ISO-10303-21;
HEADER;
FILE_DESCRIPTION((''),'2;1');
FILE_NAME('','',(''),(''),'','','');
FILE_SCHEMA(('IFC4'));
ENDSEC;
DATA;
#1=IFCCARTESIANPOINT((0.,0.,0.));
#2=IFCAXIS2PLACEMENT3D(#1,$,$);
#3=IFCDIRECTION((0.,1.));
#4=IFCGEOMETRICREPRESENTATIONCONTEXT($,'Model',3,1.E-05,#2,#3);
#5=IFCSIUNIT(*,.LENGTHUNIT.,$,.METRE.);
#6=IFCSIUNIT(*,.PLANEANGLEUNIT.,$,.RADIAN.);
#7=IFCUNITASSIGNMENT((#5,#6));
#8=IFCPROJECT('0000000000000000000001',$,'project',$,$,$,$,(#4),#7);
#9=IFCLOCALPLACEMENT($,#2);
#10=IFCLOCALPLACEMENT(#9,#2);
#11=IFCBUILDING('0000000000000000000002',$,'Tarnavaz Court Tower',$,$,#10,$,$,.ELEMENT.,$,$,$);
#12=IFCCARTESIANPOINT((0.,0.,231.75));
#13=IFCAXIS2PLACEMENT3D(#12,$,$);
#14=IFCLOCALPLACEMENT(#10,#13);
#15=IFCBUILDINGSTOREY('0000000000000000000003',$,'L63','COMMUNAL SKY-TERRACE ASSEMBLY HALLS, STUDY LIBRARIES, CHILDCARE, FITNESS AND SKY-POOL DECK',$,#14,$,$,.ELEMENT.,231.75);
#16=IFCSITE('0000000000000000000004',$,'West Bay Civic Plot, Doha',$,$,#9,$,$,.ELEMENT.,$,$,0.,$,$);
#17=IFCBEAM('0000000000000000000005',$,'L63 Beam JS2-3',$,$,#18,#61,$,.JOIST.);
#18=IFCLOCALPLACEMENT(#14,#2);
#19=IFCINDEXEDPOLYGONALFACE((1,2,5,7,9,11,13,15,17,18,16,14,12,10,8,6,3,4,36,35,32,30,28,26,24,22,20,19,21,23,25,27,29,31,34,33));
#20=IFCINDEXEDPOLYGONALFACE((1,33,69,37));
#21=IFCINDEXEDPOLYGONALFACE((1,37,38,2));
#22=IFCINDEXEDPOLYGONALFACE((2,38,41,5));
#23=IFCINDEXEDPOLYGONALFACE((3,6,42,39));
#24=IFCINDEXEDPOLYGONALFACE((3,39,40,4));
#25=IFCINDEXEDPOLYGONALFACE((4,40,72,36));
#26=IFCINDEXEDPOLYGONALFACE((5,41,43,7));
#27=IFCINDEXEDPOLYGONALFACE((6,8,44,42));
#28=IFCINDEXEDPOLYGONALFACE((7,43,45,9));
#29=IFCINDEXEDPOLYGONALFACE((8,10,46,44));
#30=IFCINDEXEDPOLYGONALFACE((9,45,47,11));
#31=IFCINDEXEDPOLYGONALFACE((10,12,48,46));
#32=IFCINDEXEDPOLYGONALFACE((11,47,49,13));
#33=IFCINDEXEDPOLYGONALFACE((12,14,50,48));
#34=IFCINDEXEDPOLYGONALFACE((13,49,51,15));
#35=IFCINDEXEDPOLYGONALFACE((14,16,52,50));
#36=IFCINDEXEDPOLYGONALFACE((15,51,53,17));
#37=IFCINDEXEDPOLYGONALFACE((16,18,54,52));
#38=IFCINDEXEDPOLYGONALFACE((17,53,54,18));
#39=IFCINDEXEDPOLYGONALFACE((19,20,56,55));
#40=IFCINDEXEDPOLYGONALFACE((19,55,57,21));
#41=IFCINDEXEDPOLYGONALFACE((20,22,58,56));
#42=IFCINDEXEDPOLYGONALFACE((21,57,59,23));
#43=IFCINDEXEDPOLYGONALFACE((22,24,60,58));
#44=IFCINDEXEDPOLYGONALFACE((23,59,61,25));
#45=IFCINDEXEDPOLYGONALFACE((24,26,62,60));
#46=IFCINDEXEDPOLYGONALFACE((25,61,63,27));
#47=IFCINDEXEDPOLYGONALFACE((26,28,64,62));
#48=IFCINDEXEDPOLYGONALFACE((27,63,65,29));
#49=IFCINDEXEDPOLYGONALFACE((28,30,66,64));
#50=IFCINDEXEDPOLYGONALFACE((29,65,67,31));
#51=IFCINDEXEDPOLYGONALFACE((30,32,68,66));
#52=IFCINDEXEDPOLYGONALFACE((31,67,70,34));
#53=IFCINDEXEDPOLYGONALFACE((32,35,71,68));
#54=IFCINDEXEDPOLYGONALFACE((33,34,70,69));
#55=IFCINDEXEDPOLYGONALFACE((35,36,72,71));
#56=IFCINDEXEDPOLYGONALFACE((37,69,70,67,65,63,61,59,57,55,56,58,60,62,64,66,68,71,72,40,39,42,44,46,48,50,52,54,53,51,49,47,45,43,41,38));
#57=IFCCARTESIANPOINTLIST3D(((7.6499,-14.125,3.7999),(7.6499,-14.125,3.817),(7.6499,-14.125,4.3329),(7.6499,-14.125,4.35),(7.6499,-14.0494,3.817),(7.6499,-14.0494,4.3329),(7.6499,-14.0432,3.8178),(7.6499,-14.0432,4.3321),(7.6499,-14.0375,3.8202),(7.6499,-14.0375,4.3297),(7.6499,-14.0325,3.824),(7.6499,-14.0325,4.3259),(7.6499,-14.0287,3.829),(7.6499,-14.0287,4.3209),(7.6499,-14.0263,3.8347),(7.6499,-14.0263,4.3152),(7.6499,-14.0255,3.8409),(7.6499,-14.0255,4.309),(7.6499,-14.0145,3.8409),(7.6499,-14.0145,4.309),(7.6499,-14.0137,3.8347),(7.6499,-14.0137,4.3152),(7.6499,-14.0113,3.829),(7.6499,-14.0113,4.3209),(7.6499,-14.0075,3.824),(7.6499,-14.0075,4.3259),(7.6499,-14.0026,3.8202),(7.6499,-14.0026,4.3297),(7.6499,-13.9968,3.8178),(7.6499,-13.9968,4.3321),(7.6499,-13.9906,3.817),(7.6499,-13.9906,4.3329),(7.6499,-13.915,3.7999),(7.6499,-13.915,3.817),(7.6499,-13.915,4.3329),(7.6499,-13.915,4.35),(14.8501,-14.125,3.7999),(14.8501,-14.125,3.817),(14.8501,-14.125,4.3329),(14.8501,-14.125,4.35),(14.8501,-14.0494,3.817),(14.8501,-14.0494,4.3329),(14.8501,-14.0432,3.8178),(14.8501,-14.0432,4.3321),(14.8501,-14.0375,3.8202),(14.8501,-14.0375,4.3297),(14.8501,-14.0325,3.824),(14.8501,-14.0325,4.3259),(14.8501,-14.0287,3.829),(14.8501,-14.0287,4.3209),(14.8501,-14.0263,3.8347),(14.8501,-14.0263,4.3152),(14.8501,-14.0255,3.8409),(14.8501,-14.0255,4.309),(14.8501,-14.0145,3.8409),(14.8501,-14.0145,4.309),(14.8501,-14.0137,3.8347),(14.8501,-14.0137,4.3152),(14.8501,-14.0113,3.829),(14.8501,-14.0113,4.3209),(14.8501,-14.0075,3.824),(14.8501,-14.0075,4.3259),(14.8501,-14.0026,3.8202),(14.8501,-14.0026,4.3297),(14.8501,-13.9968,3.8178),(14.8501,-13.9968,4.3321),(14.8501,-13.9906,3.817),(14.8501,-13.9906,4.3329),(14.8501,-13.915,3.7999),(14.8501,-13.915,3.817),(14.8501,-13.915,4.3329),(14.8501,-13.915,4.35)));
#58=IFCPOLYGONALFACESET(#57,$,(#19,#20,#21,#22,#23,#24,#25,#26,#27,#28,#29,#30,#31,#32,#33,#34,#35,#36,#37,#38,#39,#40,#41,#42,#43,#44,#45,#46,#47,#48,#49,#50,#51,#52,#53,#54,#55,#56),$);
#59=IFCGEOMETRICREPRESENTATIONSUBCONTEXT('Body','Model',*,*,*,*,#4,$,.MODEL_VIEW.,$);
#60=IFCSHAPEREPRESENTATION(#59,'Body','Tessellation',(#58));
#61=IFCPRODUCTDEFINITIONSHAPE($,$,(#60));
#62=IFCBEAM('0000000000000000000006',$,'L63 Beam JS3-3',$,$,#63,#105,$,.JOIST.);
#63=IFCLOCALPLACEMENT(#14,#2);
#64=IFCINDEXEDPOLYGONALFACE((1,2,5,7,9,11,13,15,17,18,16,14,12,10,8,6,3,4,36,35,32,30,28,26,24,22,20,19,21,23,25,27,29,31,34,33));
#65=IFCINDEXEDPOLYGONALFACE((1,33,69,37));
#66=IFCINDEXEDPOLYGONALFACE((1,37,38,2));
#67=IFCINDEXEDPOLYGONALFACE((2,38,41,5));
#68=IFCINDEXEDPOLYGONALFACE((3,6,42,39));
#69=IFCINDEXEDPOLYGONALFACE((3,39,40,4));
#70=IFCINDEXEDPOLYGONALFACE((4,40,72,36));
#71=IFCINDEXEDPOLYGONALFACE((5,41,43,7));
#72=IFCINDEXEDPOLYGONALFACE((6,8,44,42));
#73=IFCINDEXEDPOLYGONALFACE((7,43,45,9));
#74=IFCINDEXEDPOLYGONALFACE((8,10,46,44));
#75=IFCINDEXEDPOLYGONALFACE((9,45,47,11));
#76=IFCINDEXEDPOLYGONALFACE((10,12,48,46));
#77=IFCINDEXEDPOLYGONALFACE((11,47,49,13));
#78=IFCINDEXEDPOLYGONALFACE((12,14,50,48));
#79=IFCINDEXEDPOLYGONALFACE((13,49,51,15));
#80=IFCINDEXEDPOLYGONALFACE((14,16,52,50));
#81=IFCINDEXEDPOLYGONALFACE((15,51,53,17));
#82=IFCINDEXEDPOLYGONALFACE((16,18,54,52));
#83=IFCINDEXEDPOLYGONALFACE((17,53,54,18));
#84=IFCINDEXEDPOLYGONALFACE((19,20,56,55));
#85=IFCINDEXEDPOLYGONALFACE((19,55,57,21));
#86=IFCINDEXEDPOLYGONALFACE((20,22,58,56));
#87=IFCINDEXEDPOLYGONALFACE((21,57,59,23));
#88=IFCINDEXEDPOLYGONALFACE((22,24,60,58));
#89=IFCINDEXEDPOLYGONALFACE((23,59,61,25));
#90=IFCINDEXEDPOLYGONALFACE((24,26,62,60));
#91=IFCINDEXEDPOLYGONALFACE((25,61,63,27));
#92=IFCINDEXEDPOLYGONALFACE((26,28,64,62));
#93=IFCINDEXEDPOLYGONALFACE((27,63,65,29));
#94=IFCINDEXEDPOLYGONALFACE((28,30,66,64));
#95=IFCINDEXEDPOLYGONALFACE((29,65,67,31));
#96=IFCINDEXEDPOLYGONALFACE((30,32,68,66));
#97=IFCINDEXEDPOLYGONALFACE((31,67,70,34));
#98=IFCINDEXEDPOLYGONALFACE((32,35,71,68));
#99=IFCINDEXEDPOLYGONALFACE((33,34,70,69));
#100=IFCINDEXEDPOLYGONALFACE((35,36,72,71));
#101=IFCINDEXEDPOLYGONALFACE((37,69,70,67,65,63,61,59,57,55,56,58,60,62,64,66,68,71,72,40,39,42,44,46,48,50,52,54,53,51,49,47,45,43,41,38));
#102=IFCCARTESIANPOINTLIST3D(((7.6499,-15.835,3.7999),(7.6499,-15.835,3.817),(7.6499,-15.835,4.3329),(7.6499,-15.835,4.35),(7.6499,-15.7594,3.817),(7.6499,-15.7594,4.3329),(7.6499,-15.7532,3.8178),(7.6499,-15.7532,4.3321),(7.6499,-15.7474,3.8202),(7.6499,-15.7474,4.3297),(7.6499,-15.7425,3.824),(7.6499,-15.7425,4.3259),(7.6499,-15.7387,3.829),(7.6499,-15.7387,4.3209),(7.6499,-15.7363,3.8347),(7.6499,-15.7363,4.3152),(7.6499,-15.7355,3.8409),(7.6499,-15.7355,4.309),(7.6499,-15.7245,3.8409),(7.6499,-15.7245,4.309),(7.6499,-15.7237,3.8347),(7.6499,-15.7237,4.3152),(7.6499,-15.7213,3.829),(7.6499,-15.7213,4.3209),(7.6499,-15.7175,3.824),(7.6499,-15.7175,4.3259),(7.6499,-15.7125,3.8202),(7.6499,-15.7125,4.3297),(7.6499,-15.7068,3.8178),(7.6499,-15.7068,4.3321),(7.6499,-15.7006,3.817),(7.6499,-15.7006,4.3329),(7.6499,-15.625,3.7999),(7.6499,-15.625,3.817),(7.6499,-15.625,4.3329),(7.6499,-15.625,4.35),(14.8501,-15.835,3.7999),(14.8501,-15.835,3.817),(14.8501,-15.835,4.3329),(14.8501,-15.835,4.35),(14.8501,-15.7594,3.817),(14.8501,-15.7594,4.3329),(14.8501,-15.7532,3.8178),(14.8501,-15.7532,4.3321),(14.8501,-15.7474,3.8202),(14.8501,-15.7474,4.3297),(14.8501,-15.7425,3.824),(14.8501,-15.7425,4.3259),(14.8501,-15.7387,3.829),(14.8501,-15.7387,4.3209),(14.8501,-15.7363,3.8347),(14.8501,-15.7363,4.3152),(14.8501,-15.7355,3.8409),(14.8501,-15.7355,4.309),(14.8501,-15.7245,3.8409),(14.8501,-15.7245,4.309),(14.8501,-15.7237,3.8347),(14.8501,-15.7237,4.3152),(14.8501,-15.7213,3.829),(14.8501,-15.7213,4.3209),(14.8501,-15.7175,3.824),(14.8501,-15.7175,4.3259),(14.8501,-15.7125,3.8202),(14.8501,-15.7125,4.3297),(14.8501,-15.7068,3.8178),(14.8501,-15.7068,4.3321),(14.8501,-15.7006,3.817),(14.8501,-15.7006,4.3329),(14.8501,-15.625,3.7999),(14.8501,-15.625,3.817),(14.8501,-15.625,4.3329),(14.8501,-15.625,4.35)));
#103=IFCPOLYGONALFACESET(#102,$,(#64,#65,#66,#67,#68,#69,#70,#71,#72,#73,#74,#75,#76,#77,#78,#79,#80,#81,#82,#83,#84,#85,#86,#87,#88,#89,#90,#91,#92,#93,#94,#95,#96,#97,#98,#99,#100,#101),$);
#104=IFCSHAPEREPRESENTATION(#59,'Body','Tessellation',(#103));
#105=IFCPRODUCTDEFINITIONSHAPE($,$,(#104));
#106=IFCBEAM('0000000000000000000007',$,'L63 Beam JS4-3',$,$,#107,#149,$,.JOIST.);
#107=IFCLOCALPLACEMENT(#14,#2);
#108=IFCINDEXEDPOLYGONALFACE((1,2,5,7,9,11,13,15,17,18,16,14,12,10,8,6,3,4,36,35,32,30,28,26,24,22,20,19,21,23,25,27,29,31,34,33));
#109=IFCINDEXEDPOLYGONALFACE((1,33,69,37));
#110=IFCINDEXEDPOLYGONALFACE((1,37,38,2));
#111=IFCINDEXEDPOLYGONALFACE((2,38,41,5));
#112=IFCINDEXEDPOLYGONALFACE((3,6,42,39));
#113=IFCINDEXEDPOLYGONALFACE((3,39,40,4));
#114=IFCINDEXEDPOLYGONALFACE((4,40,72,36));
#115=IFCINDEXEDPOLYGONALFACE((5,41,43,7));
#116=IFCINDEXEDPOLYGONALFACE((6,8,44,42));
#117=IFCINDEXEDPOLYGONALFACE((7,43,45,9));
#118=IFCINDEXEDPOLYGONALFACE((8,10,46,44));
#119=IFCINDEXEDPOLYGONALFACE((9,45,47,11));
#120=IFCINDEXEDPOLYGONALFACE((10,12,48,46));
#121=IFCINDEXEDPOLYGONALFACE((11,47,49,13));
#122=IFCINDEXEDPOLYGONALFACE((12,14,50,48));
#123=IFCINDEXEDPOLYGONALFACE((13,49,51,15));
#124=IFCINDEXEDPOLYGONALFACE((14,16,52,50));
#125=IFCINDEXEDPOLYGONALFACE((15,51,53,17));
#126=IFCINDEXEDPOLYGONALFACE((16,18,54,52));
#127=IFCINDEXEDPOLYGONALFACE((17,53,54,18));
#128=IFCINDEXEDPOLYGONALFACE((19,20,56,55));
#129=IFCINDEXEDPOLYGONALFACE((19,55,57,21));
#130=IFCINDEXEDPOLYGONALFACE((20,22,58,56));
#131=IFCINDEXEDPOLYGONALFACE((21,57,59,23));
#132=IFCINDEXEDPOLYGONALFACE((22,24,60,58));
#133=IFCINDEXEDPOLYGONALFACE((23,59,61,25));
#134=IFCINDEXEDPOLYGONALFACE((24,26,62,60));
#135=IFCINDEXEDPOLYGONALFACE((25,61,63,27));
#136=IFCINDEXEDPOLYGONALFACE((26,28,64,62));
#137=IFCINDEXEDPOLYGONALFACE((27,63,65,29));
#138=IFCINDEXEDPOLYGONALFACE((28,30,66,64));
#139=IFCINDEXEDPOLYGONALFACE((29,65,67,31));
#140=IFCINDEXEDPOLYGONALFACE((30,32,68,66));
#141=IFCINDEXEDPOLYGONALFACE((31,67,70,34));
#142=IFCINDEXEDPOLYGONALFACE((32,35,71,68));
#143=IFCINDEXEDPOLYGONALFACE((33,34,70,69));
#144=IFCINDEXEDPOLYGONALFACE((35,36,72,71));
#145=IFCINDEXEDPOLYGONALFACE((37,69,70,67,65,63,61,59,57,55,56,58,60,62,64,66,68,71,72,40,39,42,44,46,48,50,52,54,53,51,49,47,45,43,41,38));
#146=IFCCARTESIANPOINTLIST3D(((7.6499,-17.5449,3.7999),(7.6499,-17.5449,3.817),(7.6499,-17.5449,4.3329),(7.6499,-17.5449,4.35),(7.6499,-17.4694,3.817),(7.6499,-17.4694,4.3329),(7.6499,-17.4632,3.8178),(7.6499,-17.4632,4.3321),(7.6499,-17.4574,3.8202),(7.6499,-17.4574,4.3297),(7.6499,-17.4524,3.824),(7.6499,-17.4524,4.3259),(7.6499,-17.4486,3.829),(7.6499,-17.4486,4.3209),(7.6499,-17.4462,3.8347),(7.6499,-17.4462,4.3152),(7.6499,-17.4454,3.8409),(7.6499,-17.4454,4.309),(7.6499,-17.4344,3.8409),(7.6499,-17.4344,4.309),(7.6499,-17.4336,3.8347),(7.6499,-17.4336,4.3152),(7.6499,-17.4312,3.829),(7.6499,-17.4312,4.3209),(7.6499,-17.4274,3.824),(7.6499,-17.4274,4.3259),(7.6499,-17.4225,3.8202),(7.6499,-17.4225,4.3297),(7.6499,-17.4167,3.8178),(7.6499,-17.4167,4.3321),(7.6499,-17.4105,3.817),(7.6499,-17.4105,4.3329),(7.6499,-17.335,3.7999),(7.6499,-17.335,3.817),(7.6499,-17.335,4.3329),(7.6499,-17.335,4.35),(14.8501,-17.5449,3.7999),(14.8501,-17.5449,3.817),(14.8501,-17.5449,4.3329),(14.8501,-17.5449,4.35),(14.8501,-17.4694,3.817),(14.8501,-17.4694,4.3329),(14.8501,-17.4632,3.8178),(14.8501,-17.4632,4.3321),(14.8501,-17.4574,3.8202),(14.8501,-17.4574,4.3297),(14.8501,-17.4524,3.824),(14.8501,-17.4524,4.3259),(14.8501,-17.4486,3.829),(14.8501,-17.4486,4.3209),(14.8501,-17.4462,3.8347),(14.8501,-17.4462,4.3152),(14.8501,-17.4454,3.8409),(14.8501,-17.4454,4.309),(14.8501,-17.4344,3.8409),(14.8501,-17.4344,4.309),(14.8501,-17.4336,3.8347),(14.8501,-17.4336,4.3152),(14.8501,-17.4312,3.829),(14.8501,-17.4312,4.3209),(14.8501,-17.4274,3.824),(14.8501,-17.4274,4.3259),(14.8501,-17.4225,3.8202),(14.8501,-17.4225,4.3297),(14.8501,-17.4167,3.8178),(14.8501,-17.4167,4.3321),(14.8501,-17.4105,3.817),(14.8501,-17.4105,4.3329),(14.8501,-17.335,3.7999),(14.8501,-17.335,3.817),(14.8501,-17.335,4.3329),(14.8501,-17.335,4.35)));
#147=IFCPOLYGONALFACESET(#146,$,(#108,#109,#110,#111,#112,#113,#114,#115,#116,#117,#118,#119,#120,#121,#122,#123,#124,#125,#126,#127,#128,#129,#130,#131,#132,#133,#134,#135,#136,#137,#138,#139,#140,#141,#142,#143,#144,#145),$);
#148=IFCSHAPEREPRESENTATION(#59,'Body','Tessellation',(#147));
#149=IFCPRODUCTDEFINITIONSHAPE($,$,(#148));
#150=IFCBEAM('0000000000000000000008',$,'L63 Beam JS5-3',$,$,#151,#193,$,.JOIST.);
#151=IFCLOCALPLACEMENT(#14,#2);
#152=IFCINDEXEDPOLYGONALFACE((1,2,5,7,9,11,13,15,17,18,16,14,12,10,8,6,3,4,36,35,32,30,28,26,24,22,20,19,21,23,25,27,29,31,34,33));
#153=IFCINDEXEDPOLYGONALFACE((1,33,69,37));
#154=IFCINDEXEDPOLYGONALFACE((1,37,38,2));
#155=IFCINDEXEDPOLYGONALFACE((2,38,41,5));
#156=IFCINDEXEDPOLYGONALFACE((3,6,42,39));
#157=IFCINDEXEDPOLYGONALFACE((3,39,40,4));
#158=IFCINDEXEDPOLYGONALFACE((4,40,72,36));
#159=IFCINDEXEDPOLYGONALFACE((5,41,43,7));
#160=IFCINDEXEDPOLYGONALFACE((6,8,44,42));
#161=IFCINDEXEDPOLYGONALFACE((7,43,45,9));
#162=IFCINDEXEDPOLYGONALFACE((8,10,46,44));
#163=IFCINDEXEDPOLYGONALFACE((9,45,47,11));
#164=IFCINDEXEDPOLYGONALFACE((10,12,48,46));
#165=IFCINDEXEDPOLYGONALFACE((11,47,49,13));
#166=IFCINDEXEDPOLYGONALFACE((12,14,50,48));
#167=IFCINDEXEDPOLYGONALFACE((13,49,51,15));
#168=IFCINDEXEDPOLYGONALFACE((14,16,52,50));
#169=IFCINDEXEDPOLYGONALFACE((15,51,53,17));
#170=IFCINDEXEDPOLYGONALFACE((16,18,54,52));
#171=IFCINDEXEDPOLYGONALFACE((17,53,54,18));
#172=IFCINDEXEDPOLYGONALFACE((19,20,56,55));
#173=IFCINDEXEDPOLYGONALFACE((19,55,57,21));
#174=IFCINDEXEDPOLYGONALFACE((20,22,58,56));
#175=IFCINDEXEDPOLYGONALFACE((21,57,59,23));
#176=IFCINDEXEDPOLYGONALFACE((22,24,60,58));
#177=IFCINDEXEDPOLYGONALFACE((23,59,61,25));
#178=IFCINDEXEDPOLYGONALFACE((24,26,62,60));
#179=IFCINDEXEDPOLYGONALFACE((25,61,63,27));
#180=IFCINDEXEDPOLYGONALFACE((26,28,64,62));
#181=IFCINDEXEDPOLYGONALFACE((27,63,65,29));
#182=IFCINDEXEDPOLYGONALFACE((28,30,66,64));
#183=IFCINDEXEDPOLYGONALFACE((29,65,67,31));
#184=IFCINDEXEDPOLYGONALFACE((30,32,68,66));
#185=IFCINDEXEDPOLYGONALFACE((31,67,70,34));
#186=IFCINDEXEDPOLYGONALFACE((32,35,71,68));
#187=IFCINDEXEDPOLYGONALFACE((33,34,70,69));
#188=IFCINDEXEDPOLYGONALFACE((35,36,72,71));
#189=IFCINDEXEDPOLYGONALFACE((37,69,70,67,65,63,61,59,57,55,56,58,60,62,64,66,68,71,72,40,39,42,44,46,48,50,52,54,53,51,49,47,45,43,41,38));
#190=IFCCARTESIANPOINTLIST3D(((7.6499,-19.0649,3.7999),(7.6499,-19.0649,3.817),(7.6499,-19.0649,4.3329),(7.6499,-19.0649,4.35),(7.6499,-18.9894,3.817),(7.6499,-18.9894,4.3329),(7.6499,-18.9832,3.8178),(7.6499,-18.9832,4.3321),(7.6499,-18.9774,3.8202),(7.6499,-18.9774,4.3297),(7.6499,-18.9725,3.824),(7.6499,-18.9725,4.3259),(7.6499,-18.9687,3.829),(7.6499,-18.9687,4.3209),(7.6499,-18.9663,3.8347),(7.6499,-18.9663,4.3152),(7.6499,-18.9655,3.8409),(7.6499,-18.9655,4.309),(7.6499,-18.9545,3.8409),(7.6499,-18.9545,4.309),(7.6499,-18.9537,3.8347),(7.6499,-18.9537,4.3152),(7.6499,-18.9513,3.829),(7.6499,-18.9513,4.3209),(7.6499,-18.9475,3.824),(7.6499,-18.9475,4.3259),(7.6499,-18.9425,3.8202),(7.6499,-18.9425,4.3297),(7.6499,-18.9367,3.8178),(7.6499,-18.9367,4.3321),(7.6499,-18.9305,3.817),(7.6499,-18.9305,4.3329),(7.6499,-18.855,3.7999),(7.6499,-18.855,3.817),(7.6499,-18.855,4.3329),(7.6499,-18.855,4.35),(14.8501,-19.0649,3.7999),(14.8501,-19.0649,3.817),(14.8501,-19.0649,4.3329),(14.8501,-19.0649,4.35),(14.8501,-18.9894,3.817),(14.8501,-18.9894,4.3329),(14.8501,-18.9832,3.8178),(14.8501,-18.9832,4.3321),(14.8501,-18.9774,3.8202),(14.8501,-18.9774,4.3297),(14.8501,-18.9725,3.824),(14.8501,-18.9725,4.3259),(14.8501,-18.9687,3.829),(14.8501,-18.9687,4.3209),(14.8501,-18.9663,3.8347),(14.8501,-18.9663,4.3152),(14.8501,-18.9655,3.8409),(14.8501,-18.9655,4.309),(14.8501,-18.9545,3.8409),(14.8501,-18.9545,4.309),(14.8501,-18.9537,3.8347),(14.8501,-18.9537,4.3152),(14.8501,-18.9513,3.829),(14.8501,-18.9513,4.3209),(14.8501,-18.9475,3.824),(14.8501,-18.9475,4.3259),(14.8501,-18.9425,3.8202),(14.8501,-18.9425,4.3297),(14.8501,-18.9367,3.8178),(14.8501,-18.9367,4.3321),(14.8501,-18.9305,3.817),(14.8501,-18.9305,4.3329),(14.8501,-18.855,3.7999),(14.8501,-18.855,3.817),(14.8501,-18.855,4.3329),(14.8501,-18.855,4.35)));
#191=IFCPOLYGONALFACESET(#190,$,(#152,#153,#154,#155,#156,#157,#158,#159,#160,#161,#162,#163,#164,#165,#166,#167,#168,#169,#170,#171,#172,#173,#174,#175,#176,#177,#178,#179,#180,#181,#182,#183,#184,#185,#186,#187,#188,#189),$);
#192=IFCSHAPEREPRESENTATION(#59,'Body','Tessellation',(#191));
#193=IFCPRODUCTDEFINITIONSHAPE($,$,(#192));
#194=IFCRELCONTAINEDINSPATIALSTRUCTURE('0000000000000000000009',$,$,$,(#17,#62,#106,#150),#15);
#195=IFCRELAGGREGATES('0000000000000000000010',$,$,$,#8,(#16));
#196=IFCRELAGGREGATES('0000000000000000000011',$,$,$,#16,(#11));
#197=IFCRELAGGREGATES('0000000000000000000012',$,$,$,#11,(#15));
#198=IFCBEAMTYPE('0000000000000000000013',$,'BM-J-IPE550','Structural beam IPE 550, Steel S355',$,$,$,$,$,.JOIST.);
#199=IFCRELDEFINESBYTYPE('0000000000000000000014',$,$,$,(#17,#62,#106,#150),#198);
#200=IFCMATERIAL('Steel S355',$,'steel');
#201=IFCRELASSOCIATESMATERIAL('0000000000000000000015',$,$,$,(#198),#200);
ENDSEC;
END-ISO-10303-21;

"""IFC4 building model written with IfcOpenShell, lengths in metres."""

from ifc_helpers import new_model, si_unit, direction, frame, origin, origin_2d, place, context, subcontext, project, spatial, i_section, extrude, material, material_profile, profile_set, type_object, element, save


model = new_model("IFC4")

# Units and contexts
model_context = context("Model", 3, precision=1e-05, world=origin(), true_north=direction((0.0, 1.0)))
body_context = subcontext(model_context, "Body", "Model", "MODEL_VIEW")
ifc_project = project(units=[si_unit("LENGTHUNIT", "METRE"), si_unit("PLANEANGLEUNIT", "RADIAN")], contexts=[model_context])

# Site, building, storey
site_placement = place(None, origin())
site = spatial("IfcSite", under=ifc_project, at=site_placement, Name="West Bay Civic Plot, Doha", CompositionType="ELEMENT", RefElevation=0.0)
building_placement = place(site_placement, origin())
building = spatial("IfcBuilding", under=site, at=building_placement, Name="Tarnavaz Court Tower", CompositionType="ELEMENT")
storey_placement = place(building_placement, frame((0.0, 0.0, 231.75)))
storey = spatial("IfcBuildingStorey", under=building, at=storey_placement, Name="L63", Description="COMMUNAL SKY-TERRACE ASSEMBLY HALLS, STUDY LIBRARIES, CHILDCARE, FITNESS AND SKY-POOL DECK", CompositionType="ELEMENT", Elevation=231.75)

# Beams
ifc_material_1 = material(Name="Steel S355", Category="steel")
ifc_material_profile_1 = material_profile(ifc_material_1, i_section(OverallWidth=0.21, OverallDepth=0.55, WebThickness=0.011, FlangeThickness=0.0171, FilletRadius=0.0239, at=origin_2d()), Name="IPE 550")
ifc_profile_set_1 = profile_set([ifc_material_profile_1], Name="Steel S355")
beam_type_1 = type_object("IfcBeamType", Name="BM-J-IPE550", Description="Structural beam IPE 550, Steel S355", PredefinedType="JOIST", material=ifc_profile_set_1)
for number, where, z_axis, x_axis, name in (
    (1, (7.6499, -14.02, 4.075), (1.0, 0.0, 0.0), (0.0, 1.0, 0.0), "L63 Beam JS2-3"),
    (2, (7.6499, -15.73, 4.075), (1.0, 0.0, 0.0), (0.0, 1.0, 0.0), "L63 Beam JS3-3"),
    (3, (7.6499, -17.4399, 4.075), (1.0, 0.0, 0.0), (0.0, 1.0, 0.0), "L63 Beam JS4-3"),
    (4, (7.6499, -18.96, 4.075), (1.0, 0.0, 0.0), (0.0, 1.0, 0.0), "L63 Beam JS5-3"),
):
    element("IfcBeam", number, at=place(storey_placement, frame(where, z_axis=z_axis, x_axis=x_axis)), inside=storey, type_object=beam_type_1, Name=name, PredefinedType="JOIST", context=body_context, shape_type="SweptSolid", body=[
        extrude(i_section(OverallWidth=0.21, OverallDepth=0.55, WebThickness=0.011, FlangeThickness=0.0171, FilletRadius=0.0239, at=origin_2d()), origin(), (0.0, 0.0, 1.0), 7.2002),
    ])

save(model, "model.ifc")
